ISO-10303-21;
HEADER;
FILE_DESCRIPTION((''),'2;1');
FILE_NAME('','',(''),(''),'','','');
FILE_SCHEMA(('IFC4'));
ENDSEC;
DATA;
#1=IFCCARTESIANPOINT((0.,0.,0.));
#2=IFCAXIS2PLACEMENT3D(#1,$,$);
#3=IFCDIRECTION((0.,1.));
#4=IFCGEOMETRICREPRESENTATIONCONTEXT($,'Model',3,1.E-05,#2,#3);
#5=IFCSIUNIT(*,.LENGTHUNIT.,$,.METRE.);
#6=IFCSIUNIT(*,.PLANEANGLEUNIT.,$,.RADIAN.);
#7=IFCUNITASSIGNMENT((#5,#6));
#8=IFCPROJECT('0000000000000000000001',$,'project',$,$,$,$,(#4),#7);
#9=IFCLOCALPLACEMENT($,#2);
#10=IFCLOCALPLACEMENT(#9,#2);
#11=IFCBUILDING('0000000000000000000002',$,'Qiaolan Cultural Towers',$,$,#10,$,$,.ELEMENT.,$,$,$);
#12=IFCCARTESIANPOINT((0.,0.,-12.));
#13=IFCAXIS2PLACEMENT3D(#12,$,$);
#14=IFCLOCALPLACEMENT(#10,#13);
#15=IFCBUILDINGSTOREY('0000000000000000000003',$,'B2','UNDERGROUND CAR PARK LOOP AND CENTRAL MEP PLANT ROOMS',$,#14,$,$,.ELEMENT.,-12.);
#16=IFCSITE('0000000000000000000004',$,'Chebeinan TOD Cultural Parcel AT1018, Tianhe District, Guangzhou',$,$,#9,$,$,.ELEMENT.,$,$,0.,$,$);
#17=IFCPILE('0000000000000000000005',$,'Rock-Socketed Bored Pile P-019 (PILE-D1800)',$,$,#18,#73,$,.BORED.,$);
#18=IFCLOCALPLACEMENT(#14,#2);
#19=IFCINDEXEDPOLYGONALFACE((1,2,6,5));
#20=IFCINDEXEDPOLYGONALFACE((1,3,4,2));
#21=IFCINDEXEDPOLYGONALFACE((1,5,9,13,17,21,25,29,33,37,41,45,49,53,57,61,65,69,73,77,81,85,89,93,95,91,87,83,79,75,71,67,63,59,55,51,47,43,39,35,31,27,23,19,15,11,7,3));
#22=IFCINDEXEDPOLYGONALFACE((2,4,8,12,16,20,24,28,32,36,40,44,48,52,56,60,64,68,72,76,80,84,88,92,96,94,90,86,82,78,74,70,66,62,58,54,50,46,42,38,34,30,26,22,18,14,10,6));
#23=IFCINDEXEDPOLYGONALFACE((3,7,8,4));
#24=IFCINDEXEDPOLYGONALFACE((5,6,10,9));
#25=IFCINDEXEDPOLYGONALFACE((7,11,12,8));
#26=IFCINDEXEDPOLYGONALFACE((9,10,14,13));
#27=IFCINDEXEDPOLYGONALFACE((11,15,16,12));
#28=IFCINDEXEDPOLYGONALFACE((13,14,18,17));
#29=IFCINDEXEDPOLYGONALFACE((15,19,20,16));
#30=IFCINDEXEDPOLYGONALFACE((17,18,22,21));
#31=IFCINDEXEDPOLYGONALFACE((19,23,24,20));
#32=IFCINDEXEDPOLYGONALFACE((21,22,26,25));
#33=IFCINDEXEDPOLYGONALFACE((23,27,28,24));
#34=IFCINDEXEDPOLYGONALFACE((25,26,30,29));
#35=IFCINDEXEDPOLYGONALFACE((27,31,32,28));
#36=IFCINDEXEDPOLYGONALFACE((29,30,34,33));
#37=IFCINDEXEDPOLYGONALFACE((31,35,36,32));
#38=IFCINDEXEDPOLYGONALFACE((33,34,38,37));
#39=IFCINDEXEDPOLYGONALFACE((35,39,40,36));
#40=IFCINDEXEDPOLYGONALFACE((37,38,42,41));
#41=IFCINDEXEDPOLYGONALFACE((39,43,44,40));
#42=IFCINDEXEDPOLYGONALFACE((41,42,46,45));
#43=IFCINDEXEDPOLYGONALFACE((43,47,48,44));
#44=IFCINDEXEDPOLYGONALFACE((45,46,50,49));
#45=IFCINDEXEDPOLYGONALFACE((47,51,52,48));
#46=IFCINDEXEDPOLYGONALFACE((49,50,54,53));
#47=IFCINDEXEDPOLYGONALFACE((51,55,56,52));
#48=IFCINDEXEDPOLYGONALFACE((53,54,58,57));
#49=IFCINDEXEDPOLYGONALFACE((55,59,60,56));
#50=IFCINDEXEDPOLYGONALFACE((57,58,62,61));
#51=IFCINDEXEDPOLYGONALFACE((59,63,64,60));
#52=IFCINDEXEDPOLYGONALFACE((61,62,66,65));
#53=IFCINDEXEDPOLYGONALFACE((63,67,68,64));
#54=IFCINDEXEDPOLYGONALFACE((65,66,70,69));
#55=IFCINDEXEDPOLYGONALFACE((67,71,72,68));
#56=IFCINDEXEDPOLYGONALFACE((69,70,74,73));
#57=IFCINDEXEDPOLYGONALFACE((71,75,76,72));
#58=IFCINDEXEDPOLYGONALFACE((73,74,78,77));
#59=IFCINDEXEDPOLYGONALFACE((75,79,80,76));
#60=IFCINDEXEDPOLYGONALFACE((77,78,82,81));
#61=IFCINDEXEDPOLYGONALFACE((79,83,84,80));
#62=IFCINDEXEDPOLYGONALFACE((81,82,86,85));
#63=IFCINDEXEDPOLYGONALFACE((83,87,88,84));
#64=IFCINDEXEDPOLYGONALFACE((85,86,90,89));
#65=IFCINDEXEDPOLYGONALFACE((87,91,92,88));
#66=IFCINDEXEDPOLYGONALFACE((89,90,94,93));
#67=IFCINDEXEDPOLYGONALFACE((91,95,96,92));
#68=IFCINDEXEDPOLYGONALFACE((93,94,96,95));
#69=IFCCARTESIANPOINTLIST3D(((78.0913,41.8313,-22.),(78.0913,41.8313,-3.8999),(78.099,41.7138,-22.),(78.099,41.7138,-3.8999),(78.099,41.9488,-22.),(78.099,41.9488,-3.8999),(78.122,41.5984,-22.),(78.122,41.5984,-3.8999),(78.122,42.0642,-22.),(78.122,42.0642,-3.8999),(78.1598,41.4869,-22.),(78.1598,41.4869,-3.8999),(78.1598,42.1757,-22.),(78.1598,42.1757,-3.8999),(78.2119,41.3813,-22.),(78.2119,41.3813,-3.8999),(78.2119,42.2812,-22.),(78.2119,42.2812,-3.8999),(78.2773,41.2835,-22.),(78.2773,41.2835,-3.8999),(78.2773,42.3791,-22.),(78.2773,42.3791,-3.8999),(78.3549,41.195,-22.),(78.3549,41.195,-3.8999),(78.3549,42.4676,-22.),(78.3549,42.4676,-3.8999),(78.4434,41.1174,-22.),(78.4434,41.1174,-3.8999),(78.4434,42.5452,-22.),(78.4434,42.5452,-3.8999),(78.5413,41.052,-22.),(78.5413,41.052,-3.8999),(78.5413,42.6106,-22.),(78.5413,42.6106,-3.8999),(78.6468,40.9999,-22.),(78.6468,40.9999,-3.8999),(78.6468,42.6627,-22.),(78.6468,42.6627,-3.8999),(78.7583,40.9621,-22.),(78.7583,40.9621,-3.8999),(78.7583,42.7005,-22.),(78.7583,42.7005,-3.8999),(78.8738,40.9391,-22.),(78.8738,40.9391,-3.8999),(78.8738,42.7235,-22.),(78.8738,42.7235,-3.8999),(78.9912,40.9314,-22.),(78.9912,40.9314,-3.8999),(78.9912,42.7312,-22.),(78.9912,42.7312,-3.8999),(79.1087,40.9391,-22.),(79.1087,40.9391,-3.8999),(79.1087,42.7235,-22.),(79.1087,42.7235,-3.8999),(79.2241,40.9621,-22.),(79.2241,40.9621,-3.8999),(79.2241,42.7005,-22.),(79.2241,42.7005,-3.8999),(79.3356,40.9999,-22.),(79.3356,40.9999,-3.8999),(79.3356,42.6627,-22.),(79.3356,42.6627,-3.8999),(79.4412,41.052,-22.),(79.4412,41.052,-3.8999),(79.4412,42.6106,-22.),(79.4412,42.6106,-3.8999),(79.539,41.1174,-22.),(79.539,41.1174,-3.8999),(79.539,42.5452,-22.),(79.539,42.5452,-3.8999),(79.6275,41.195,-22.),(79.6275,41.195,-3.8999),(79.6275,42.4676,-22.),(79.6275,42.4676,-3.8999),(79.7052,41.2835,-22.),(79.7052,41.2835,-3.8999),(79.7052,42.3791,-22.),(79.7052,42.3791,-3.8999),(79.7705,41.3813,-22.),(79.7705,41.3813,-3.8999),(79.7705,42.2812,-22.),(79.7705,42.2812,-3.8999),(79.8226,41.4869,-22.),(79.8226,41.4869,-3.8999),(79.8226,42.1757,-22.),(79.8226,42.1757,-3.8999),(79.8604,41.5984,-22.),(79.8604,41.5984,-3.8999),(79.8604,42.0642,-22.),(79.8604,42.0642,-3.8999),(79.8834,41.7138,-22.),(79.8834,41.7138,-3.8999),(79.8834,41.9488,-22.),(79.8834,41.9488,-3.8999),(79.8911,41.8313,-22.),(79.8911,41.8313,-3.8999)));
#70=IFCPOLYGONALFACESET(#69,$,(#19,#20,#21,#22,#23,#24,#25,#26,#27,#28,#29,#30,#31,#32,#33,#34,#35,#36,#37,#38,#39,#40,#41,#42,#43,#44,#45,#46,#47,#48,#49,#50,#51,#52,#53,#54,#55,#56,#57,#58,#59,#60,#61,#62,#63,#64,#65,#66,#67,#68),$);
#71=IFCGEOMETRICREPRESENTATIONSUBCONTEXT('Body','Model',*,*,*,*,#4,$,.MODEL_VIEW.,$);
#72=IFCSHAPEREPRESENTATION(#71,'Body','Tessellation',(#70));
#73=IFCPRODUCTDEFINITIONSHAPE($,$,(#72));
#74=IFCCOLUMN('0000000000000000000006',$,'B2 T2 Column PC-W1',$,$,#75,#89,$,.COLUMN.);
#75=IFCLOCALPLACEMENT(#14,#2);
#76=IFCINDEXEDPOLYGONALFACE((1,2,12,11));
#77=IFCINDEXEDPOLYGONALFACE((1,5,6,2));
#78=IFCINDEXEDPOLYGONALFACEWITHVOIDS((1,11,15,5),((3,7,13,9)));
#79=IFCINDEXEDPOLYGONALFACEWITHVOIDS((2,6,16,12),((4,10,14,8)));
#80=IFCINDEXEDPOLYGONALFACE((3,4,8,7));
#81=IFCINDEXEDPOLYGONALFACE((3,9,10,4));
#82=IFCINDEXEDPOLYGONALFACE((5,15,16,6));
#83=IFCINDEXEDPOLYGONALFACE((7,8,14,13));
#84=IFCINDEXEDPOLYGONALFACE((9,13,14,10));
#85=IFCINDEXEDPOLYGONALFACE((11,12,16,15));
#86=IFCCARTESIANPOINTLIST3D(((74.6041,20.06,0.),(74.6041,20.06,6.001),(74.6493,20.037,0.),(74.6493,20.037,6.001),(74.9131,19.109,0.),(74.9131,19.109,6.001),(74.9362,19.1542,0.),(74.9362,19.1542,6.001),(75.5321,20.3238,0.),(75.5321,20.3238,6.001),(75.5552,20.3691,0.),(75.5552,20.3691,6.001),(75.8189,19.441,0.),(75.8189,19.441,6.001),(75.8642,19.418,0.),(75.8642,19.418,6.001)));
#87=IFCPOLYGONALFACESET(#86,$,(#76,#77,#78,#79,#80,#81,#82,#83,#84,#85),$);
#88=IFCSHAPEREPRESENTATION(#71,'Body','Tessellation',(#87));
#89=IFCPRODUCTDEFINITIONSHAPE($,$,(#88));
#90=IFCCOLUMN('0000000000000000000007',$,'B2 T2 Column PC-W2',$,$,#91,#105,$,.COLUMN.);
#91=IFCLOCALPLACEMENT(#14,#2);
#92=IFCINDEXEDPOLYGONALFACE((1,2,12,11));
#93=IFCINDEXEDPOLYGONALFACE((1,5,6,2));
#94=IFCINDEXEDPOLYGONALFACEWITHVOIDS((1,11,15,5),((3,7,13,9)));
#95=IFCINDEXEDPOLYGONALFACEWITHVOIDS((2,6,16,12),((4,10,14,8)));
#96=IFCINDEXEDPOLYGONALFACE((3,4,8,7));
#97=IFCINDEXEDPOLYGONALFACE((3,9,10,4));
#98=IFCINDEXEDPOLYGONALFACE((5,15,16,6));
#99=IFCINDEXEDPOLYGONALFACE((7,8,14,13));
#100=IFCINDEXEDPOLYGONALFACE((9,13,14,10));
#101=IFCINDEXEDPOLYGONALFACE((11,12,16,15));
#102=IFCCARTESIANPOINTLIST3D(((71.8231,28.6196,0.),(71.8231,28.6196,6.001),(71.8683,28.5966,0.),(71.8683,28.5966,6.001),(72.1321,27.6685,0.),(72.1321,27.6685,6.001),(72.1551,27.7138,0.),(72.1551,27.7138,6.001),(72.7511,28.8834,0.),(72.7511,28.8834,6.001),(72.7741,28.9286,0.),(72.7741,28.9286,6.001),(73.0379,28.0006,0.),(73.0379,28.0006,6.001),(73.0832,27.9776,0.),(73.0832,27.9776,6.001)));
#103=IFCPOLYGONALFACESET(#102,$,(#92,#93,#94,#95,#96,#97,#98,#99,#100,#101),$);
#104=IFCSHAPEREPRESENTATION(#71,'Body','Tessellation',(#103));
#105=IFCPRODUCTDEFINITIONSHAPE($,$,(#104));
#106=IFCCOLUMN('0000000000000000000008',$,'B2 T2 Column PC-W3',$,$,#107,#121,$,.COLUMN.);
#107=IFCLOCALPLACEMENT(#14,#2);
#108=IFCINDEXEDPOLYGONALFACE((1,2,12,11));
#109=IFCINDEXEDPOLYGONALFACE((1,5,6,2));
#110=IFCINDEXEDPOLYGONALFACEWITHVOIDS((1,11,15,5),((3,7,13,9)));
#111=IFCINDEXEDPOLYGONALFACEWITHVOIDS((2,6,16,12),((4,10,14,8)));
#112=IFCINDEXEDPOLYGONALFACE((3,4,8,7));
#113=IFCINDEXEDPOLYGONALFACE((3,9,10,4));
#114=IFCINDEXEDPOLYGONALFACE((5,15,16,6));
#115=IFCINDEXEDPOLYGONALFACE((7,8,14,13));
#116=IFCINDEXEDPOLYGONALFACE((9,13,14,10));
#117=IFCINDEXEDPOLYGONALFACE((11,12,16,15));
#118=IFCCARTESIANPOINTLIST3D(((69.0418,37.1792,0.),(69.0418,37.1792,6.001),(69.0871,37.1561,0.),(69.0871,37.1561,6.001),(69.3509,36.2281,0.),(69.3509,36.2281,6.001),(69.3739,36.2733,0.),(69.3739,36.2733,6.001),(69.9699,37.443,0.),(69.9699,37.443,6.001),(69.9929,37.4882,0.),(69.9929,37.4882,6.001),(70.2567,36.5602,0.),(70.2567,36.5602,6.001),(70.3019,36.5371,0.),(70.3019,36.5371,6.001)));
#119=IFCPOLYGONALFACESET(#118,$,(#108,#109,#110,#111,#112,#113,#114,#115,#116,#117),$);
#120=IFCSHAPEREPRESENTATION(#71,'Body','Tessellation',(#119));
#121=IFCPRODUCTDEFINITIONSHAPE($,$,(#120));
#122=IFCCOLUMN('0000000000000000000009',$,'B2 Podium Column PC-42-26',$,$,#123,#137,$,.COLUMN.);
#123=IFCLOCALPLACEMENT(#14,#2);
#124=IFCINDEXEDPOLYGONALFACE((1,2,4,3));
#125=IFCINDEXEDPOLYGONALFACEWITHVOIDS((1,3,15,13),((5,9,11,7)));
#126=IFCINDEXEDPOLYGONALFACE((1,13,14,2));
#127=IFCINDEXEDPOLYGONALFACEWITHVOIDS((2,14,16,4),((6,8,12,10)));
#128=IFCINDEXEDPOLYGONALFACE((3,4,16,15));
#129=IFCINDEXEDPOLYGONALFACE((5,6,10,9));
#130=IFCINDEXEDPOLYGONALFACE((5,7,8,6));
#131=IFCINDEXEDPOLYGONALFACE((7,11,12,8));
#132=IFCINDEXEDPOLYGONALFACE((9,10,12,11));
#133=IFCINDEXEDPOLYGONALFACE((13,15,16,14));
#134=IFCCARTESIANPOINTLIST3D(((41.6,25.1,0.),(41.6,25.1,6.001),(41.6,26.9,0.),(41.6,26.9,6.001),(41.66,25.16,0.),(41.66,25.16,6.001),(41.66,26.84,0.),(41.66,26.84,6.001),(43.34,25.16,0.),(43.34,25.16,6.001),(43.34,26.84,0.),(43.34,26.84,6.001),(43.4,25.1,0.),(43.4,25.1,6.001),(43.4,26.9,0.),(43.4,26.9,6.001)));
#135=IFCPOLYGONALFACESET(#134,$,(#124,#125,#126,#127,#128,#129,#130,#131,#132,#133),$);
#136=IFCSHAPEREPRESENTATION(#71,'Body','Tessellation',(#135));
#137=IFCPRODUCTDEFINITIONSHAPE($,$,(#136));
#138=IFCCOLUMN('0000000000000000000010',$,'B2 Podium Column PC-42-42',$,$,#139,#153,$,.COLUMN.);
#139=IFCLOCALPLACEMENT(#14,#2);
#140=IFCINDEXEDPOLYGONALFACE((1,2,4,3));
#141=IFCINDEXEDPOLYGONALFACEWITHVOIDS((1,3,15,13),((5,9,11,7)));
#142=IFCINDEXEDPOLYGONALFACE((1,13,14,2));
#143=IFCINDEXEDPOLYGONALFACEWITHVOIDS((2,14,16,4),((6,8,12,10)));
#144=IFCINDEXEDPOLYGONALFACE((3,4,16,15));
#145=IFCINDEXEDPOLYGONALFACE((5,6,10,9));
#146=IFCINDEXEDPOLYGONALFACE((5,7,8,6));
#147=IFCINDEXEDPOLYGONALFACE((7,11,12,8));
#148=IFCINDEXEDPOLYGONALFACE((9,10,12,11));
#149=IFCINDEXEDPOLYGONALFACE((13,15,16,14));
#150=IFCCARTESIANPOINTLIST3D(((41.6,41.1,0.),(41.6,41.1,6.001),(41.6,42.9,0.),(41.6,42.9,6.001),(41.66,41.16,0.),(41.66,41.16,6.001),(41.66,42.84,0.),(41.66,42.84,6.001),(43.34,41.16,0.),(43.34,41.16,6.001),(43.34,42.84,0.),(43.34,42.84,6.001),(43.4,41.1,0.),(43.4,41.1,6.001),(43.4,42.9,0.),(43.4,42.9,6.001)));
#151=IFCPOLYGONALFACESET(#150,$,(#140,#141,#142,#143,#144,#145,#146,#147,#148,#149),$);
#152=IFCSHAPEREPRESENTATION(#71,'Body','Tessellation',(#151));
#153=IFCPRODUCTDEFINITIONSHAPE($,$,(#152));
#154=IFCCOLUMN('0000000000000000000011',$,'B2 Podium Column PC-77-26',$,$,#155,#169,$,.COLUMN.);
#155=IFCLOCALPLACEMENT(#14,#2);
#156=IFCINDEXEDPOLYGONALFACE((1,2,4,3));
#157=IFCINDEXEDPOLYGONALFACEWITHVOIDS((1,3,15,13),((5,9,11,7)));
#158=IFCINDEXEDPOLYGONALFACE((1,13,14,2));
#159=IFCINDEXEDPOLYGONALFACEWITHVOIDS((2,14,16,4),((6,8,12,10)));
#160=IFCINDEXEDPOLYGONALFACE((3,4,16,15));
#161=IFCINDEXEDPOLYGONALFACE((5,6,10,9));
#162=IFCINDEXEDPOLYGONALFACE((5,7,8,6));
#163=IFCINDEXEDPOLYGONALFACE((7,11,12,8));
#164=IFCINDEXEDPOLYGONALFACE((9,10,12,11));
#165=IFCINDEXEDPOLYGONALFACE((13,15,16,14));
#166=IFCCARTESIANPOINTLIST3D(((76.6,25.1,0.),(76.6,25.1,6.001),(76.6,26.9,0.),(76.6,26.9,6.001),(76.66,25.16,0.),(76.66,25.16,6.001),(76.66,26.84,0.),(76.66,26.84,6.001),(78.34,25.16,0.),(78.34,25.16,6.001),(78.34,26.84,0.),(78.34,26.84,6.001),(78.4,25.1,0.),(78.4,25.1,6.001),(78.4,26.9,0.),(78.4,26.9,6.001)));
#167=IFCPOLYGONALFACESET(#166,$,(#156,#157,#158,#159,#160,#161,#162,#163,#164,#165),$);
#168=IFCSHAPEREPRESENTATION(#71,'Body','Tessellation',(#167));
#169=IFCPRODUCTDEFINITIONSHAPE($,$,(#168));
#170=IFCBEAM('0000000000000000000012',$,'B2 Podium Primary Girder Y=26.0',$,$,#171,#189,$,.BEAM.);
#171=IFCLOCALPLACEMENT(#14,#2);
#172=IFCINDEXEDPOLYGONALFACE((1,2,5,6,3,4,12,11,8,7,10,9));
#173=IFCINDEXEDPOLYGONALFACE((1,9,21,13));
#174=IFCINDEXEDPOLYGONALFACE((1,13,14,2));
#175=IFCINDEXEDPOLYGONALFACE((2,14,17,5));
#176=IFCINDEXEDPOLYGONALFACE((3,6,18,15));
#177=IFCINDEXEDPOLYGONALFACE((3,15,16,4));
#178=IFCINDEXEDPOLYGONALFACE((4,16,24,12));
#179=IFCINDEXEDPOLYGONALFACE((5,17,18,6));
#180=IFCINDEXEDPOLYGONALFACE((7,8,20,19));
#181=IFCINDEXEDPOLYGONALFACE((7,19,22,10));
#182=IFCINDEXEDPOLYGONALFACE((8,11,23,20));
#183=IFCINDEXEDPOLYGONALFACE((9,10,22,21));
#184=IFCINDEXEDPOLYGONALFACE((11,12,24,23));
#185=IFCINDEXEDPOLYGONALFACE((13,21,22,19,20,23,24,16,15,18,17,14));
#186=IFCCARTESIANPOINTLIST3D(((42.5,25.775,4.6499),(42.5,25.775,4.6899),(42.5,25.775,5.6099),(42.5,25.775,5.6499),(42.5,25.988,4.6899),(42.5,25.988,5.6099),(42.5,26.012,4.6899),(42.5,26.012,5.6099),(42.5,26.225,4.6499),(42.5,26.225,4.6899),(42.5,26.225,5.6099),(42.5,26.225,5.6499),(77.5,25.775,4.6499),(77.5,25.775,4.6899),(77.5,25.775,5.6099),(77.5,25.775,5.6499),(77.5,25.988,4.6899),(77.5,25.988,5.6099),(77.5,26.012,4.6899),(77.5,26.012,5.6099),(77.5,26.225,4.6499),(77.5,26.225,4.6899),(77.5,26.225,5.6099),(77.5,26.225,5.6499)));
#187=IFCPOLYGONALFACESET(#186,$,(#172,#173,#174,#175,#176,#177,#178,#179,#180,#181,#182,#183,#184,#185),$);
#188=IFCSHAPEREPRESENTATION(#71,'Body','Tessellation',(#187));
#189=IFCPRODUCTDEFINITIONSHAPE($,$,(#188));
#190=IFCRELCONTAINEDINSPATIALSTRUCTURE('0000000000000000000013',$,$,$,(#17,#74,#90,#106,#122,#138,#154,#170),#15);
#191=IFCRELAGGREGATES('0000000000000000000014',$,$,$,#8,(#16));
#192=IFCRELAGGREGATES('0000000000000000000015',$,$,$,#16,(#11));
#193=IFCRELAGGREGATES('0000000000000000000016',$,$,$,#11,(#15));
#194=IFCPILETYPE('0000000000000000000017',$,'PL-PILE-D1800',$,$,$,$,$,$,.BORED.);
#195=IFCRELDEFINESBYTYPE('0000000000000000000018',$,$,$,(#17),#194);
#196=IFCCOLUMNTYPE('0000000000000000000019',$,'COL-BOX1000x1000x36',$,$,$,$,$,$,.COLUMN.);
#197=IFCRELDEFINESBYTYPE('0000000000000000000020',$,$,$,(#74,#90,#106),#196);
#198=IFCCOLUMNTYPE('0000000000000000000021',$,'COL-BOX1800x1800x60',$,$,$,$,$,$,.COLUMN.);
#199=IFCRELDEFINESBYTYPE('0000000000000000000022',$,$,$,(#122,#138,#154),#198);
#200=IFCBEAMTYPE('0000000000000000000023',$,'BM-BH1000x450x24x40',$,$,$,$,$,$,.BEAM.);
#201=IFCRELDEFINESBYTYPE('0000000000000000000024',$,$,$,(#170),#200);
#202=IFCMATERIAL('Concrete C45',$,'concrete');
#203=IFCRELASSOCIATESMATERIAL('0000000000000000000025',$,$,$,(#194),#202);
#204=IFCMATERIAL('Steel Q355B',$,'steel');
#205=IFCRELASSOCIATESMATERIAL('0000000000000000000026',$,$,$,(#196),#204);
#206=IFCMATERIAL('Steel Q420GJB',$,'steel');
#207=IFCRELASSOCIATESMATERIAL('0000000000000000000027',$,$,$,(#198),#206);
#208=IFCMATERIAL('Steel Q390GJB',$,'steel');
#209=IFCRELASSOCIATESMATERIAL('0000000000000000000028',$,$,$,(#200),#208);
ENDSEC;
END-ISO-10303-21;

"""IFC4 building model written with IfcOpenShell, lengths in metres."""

from ifc_helpers import new_model, si_unit, direction, frame, origin, origin_2d, place, context, subcontext, project, spatial, hollow_rectangle, circle, i_section, extrude, material, material_profile, profile_set, type_object, element, save


model = new_model("IFC4")

# Units and contexts
model_context = context("Model", 3, precision=1e-05, world=origin(), true_north=direction((0.0, 1.0)))
body_context = subcontext(model_context, "Body", "Model", "MODEL_VIEW")
ifc_project = project(units=[si_unit("LENGTHUNIT", "METRE"), si_unit("PLANEANGLEUNIT", "RADIAN")], contexts=[model_context])

# Site, building, storey
site_placement = place(None, origin())
site = spatial("IfcSite", under=ifc_project, at=site_placement, Name="Chebeinan TOD Cultural Parcel AT1018, Tianhe District, Guangzhou", CompositionType="ELEMENT", RefElevation=0.0)
building_placement = place(site_placement, origin())
building = spatial("IfcBuilding", under=site, at=building_placement, Name="Qiaolan Cultural Towers", CompositionType="ELEMENT")
storey_placement = place(building_placement, frame((0.0, 0.0, -12.0)))
storey = spatial("IfcBuildingStorey", under=building, at=storey_placement, Name="B2", Description="UNDERGROUND CAR PARK LOOP AND CENTRAL MEP PLANT ROOMS", CompositionType="ELEMENT", Elevation=-12.0)

# Pile
ifc_material_1 = material(Name="Concrete C45", Category="concrete")
ifc_material_profile_1 = material_profile(ifc_material_1, circle(Radius=0.8999, at=origin_2d()), Name="PILE-D1800")
ifc_profile_set_1 = profile_set([ifc_material_profile_1], Name="Concrete C45")
pile_type_1 = type_object("IfcPileType", Name="PL-PILE-D1800", PredefinedType="BORED", material=ifc_profile_set_1)
pile_placement = place(storey_placement, frame((78.9912, 41.8313, -3.8999), z_axis=(0.0, 0.0, -1.0), x_axis=(1.0, 0.0, 0.0)))
element("IfcPile", 1, at=pile_placement, inside=storey, type_object=pile_type_1, Name="Rock-Socketed Bored Pile P-019 (PILE-D1800)", PredefinedType="BORED", context=body_context, shape_type="SweptSolid", body=[
    extrude(circle(Radius=0.8999, at=origin_2d()), origin(), (0.0, 0.0, 1.0), 18.1001),
])

# Columns
ifc_material_2 = material(Name="Steel Q355B", Category="steel")
ifc_material_profile_2 = material_profile(ifc_material_2, hollow_rectangle(XDim=1.0, YDim=1.0, WallThickness=0.0359, at=origin_2d()), Name="BOX1000x1000x36")
ifc_profile_set_2 = profile_set([ifc_material_profile_2], Name="Steel Q355B")
column_type_1 = type_object("IfcColumnType", Name="COL-BOX1000x1000x36", PredefinedType="COLUMN", material=ifc_profile_set_2)
for number, where, z_axis, x_axis, name in (
    (2, (75.2341, 19.739, 0.0), (0.0, 0.0, 1.0), (0.951057, 0.309017, 0.0), "B2 T2 Column PC-W1"),
    (3, (72.4531, 28.2986, 0.0), (0.0, 0.0, 1.0), (0.951057, 0.309017, 0.0), "B2 T2 Column PC-W2"),
    (4, (69.6719, 36.8582, 0.0), (0.0, 0.0, 1.0), (0.951057, 0.309017, 0.0), "B2 T2 Column PC-W3"),
):
    element("IfcColumn", number, at=place(storey_placement, frame(where, z_axis=z_axis, x_axis=x_axis)), inside=storey, type_object=column_type_1, Name=name, PredefinedType="COLUMN", context=body_context, shape_type="SweptSolid", body=[
        extrude(hollow_rectangle(XDim=1.0, YDim=1.0, WallThickness=0.0359, at=origin_2d()), origin(), (0.0, 0.0, 1.0), 6.001),
    ])
ifc_material_3 = material(Name="Steel Q420GJB", Category="steel")
ifc_material_profile_3 = material_profile(ifc_material_3, hollow_rectangle(XDim=1.8, YDim=1.8, WallThickness=0.0601, at=origin_2d()), Name="BOX1800x1800x60")
ifc_profile_set_3 = profile_set([ifc_material_profile_3], Name="Steel Q420GJB")
column_type_2 = type_object("IfcColumnType", Name="COL-BOX1800x1800x60", PredefinedType="COLUMN", material=ifc_profile_set_3)
for number, where, z_axis, x_axis, name in (
    (5, (42.5, 26.0, 0.0), (0.0, 0.0, 1.0), (1.0, 0.0, 0.0), "B2 Podium Column PC-42-26"),
    (6, (42.5, 42.0, 0.0), (0.0, 0.0, 1.0), (1.0, 0.0, 0.0), "B2 Podium Column PC-42-42"),
    (7, (77.5, 26.0, 0.0), (0.0, 0.0, 1.0), (1.0, 0.0, 0.0), "B2 Podium Column PC-77-26"),
):
    element("IfcColumn", number, at=place(storey_placement, frame(where, z_axis=z_axis, x_axis=x_axis)), inside=storey, type_object=column_type_2, Name=name, PredefinedType="COLUMN", context=body_context, shape_type="SweptSolid", body=[
        extrude(hollow_rectangle(XDim=1.8, YDim=1.8, WallThickness=0.0601, at=origin_2d()), origin(), (0.0, 0.0, 1.0), 6.001),
    ])

# Beam
ifc_material_4 = material(Name="Steel Q390GJB", Category="steel")
ifc_material_profile_4 = material_profile(ifc_material_4, i_section(OverallWidth=0.45, OverallDepth=1.0, WebThickness=0.0239, FlangeThickness=0.04, at=origin_2d()), Name="BH1000x450x24x40")
ifc_profile_set_4 = profile_set([ifc_material_profile_4], Name="Steel Q390GJB")
beam_type_1 = type_object("IfcBeamType", Name="BM-BH1000x450x24x40", PredefinedType="BEAM", material=ifc_profile_set_4)
beam_1_placement = place(storey_placement, frame((42.5, 26.0, 5.1499), z_axis=(1.0, 0.0, 0.0), x_axis=(0.0, 1.0, 0.0)))
element("IfcBeam", 8, at=beam_1_placement, inside=storey, type_object=beam_type_1, Name="B2 Podium Primary Girder Y=26.0", PredefinedType="BEAM", context=body_context, shape_type="SweptSolid", body=[
    extrude(i_section(OverallWidth=0.45, OverallDepth=1.0, WebThickness=0.0239, FlangeThickness=0.04, at=origin_2d()), origin(), (0.0, 0.0, 1.0), 35.0),
])

save(model, "model.ifc")
